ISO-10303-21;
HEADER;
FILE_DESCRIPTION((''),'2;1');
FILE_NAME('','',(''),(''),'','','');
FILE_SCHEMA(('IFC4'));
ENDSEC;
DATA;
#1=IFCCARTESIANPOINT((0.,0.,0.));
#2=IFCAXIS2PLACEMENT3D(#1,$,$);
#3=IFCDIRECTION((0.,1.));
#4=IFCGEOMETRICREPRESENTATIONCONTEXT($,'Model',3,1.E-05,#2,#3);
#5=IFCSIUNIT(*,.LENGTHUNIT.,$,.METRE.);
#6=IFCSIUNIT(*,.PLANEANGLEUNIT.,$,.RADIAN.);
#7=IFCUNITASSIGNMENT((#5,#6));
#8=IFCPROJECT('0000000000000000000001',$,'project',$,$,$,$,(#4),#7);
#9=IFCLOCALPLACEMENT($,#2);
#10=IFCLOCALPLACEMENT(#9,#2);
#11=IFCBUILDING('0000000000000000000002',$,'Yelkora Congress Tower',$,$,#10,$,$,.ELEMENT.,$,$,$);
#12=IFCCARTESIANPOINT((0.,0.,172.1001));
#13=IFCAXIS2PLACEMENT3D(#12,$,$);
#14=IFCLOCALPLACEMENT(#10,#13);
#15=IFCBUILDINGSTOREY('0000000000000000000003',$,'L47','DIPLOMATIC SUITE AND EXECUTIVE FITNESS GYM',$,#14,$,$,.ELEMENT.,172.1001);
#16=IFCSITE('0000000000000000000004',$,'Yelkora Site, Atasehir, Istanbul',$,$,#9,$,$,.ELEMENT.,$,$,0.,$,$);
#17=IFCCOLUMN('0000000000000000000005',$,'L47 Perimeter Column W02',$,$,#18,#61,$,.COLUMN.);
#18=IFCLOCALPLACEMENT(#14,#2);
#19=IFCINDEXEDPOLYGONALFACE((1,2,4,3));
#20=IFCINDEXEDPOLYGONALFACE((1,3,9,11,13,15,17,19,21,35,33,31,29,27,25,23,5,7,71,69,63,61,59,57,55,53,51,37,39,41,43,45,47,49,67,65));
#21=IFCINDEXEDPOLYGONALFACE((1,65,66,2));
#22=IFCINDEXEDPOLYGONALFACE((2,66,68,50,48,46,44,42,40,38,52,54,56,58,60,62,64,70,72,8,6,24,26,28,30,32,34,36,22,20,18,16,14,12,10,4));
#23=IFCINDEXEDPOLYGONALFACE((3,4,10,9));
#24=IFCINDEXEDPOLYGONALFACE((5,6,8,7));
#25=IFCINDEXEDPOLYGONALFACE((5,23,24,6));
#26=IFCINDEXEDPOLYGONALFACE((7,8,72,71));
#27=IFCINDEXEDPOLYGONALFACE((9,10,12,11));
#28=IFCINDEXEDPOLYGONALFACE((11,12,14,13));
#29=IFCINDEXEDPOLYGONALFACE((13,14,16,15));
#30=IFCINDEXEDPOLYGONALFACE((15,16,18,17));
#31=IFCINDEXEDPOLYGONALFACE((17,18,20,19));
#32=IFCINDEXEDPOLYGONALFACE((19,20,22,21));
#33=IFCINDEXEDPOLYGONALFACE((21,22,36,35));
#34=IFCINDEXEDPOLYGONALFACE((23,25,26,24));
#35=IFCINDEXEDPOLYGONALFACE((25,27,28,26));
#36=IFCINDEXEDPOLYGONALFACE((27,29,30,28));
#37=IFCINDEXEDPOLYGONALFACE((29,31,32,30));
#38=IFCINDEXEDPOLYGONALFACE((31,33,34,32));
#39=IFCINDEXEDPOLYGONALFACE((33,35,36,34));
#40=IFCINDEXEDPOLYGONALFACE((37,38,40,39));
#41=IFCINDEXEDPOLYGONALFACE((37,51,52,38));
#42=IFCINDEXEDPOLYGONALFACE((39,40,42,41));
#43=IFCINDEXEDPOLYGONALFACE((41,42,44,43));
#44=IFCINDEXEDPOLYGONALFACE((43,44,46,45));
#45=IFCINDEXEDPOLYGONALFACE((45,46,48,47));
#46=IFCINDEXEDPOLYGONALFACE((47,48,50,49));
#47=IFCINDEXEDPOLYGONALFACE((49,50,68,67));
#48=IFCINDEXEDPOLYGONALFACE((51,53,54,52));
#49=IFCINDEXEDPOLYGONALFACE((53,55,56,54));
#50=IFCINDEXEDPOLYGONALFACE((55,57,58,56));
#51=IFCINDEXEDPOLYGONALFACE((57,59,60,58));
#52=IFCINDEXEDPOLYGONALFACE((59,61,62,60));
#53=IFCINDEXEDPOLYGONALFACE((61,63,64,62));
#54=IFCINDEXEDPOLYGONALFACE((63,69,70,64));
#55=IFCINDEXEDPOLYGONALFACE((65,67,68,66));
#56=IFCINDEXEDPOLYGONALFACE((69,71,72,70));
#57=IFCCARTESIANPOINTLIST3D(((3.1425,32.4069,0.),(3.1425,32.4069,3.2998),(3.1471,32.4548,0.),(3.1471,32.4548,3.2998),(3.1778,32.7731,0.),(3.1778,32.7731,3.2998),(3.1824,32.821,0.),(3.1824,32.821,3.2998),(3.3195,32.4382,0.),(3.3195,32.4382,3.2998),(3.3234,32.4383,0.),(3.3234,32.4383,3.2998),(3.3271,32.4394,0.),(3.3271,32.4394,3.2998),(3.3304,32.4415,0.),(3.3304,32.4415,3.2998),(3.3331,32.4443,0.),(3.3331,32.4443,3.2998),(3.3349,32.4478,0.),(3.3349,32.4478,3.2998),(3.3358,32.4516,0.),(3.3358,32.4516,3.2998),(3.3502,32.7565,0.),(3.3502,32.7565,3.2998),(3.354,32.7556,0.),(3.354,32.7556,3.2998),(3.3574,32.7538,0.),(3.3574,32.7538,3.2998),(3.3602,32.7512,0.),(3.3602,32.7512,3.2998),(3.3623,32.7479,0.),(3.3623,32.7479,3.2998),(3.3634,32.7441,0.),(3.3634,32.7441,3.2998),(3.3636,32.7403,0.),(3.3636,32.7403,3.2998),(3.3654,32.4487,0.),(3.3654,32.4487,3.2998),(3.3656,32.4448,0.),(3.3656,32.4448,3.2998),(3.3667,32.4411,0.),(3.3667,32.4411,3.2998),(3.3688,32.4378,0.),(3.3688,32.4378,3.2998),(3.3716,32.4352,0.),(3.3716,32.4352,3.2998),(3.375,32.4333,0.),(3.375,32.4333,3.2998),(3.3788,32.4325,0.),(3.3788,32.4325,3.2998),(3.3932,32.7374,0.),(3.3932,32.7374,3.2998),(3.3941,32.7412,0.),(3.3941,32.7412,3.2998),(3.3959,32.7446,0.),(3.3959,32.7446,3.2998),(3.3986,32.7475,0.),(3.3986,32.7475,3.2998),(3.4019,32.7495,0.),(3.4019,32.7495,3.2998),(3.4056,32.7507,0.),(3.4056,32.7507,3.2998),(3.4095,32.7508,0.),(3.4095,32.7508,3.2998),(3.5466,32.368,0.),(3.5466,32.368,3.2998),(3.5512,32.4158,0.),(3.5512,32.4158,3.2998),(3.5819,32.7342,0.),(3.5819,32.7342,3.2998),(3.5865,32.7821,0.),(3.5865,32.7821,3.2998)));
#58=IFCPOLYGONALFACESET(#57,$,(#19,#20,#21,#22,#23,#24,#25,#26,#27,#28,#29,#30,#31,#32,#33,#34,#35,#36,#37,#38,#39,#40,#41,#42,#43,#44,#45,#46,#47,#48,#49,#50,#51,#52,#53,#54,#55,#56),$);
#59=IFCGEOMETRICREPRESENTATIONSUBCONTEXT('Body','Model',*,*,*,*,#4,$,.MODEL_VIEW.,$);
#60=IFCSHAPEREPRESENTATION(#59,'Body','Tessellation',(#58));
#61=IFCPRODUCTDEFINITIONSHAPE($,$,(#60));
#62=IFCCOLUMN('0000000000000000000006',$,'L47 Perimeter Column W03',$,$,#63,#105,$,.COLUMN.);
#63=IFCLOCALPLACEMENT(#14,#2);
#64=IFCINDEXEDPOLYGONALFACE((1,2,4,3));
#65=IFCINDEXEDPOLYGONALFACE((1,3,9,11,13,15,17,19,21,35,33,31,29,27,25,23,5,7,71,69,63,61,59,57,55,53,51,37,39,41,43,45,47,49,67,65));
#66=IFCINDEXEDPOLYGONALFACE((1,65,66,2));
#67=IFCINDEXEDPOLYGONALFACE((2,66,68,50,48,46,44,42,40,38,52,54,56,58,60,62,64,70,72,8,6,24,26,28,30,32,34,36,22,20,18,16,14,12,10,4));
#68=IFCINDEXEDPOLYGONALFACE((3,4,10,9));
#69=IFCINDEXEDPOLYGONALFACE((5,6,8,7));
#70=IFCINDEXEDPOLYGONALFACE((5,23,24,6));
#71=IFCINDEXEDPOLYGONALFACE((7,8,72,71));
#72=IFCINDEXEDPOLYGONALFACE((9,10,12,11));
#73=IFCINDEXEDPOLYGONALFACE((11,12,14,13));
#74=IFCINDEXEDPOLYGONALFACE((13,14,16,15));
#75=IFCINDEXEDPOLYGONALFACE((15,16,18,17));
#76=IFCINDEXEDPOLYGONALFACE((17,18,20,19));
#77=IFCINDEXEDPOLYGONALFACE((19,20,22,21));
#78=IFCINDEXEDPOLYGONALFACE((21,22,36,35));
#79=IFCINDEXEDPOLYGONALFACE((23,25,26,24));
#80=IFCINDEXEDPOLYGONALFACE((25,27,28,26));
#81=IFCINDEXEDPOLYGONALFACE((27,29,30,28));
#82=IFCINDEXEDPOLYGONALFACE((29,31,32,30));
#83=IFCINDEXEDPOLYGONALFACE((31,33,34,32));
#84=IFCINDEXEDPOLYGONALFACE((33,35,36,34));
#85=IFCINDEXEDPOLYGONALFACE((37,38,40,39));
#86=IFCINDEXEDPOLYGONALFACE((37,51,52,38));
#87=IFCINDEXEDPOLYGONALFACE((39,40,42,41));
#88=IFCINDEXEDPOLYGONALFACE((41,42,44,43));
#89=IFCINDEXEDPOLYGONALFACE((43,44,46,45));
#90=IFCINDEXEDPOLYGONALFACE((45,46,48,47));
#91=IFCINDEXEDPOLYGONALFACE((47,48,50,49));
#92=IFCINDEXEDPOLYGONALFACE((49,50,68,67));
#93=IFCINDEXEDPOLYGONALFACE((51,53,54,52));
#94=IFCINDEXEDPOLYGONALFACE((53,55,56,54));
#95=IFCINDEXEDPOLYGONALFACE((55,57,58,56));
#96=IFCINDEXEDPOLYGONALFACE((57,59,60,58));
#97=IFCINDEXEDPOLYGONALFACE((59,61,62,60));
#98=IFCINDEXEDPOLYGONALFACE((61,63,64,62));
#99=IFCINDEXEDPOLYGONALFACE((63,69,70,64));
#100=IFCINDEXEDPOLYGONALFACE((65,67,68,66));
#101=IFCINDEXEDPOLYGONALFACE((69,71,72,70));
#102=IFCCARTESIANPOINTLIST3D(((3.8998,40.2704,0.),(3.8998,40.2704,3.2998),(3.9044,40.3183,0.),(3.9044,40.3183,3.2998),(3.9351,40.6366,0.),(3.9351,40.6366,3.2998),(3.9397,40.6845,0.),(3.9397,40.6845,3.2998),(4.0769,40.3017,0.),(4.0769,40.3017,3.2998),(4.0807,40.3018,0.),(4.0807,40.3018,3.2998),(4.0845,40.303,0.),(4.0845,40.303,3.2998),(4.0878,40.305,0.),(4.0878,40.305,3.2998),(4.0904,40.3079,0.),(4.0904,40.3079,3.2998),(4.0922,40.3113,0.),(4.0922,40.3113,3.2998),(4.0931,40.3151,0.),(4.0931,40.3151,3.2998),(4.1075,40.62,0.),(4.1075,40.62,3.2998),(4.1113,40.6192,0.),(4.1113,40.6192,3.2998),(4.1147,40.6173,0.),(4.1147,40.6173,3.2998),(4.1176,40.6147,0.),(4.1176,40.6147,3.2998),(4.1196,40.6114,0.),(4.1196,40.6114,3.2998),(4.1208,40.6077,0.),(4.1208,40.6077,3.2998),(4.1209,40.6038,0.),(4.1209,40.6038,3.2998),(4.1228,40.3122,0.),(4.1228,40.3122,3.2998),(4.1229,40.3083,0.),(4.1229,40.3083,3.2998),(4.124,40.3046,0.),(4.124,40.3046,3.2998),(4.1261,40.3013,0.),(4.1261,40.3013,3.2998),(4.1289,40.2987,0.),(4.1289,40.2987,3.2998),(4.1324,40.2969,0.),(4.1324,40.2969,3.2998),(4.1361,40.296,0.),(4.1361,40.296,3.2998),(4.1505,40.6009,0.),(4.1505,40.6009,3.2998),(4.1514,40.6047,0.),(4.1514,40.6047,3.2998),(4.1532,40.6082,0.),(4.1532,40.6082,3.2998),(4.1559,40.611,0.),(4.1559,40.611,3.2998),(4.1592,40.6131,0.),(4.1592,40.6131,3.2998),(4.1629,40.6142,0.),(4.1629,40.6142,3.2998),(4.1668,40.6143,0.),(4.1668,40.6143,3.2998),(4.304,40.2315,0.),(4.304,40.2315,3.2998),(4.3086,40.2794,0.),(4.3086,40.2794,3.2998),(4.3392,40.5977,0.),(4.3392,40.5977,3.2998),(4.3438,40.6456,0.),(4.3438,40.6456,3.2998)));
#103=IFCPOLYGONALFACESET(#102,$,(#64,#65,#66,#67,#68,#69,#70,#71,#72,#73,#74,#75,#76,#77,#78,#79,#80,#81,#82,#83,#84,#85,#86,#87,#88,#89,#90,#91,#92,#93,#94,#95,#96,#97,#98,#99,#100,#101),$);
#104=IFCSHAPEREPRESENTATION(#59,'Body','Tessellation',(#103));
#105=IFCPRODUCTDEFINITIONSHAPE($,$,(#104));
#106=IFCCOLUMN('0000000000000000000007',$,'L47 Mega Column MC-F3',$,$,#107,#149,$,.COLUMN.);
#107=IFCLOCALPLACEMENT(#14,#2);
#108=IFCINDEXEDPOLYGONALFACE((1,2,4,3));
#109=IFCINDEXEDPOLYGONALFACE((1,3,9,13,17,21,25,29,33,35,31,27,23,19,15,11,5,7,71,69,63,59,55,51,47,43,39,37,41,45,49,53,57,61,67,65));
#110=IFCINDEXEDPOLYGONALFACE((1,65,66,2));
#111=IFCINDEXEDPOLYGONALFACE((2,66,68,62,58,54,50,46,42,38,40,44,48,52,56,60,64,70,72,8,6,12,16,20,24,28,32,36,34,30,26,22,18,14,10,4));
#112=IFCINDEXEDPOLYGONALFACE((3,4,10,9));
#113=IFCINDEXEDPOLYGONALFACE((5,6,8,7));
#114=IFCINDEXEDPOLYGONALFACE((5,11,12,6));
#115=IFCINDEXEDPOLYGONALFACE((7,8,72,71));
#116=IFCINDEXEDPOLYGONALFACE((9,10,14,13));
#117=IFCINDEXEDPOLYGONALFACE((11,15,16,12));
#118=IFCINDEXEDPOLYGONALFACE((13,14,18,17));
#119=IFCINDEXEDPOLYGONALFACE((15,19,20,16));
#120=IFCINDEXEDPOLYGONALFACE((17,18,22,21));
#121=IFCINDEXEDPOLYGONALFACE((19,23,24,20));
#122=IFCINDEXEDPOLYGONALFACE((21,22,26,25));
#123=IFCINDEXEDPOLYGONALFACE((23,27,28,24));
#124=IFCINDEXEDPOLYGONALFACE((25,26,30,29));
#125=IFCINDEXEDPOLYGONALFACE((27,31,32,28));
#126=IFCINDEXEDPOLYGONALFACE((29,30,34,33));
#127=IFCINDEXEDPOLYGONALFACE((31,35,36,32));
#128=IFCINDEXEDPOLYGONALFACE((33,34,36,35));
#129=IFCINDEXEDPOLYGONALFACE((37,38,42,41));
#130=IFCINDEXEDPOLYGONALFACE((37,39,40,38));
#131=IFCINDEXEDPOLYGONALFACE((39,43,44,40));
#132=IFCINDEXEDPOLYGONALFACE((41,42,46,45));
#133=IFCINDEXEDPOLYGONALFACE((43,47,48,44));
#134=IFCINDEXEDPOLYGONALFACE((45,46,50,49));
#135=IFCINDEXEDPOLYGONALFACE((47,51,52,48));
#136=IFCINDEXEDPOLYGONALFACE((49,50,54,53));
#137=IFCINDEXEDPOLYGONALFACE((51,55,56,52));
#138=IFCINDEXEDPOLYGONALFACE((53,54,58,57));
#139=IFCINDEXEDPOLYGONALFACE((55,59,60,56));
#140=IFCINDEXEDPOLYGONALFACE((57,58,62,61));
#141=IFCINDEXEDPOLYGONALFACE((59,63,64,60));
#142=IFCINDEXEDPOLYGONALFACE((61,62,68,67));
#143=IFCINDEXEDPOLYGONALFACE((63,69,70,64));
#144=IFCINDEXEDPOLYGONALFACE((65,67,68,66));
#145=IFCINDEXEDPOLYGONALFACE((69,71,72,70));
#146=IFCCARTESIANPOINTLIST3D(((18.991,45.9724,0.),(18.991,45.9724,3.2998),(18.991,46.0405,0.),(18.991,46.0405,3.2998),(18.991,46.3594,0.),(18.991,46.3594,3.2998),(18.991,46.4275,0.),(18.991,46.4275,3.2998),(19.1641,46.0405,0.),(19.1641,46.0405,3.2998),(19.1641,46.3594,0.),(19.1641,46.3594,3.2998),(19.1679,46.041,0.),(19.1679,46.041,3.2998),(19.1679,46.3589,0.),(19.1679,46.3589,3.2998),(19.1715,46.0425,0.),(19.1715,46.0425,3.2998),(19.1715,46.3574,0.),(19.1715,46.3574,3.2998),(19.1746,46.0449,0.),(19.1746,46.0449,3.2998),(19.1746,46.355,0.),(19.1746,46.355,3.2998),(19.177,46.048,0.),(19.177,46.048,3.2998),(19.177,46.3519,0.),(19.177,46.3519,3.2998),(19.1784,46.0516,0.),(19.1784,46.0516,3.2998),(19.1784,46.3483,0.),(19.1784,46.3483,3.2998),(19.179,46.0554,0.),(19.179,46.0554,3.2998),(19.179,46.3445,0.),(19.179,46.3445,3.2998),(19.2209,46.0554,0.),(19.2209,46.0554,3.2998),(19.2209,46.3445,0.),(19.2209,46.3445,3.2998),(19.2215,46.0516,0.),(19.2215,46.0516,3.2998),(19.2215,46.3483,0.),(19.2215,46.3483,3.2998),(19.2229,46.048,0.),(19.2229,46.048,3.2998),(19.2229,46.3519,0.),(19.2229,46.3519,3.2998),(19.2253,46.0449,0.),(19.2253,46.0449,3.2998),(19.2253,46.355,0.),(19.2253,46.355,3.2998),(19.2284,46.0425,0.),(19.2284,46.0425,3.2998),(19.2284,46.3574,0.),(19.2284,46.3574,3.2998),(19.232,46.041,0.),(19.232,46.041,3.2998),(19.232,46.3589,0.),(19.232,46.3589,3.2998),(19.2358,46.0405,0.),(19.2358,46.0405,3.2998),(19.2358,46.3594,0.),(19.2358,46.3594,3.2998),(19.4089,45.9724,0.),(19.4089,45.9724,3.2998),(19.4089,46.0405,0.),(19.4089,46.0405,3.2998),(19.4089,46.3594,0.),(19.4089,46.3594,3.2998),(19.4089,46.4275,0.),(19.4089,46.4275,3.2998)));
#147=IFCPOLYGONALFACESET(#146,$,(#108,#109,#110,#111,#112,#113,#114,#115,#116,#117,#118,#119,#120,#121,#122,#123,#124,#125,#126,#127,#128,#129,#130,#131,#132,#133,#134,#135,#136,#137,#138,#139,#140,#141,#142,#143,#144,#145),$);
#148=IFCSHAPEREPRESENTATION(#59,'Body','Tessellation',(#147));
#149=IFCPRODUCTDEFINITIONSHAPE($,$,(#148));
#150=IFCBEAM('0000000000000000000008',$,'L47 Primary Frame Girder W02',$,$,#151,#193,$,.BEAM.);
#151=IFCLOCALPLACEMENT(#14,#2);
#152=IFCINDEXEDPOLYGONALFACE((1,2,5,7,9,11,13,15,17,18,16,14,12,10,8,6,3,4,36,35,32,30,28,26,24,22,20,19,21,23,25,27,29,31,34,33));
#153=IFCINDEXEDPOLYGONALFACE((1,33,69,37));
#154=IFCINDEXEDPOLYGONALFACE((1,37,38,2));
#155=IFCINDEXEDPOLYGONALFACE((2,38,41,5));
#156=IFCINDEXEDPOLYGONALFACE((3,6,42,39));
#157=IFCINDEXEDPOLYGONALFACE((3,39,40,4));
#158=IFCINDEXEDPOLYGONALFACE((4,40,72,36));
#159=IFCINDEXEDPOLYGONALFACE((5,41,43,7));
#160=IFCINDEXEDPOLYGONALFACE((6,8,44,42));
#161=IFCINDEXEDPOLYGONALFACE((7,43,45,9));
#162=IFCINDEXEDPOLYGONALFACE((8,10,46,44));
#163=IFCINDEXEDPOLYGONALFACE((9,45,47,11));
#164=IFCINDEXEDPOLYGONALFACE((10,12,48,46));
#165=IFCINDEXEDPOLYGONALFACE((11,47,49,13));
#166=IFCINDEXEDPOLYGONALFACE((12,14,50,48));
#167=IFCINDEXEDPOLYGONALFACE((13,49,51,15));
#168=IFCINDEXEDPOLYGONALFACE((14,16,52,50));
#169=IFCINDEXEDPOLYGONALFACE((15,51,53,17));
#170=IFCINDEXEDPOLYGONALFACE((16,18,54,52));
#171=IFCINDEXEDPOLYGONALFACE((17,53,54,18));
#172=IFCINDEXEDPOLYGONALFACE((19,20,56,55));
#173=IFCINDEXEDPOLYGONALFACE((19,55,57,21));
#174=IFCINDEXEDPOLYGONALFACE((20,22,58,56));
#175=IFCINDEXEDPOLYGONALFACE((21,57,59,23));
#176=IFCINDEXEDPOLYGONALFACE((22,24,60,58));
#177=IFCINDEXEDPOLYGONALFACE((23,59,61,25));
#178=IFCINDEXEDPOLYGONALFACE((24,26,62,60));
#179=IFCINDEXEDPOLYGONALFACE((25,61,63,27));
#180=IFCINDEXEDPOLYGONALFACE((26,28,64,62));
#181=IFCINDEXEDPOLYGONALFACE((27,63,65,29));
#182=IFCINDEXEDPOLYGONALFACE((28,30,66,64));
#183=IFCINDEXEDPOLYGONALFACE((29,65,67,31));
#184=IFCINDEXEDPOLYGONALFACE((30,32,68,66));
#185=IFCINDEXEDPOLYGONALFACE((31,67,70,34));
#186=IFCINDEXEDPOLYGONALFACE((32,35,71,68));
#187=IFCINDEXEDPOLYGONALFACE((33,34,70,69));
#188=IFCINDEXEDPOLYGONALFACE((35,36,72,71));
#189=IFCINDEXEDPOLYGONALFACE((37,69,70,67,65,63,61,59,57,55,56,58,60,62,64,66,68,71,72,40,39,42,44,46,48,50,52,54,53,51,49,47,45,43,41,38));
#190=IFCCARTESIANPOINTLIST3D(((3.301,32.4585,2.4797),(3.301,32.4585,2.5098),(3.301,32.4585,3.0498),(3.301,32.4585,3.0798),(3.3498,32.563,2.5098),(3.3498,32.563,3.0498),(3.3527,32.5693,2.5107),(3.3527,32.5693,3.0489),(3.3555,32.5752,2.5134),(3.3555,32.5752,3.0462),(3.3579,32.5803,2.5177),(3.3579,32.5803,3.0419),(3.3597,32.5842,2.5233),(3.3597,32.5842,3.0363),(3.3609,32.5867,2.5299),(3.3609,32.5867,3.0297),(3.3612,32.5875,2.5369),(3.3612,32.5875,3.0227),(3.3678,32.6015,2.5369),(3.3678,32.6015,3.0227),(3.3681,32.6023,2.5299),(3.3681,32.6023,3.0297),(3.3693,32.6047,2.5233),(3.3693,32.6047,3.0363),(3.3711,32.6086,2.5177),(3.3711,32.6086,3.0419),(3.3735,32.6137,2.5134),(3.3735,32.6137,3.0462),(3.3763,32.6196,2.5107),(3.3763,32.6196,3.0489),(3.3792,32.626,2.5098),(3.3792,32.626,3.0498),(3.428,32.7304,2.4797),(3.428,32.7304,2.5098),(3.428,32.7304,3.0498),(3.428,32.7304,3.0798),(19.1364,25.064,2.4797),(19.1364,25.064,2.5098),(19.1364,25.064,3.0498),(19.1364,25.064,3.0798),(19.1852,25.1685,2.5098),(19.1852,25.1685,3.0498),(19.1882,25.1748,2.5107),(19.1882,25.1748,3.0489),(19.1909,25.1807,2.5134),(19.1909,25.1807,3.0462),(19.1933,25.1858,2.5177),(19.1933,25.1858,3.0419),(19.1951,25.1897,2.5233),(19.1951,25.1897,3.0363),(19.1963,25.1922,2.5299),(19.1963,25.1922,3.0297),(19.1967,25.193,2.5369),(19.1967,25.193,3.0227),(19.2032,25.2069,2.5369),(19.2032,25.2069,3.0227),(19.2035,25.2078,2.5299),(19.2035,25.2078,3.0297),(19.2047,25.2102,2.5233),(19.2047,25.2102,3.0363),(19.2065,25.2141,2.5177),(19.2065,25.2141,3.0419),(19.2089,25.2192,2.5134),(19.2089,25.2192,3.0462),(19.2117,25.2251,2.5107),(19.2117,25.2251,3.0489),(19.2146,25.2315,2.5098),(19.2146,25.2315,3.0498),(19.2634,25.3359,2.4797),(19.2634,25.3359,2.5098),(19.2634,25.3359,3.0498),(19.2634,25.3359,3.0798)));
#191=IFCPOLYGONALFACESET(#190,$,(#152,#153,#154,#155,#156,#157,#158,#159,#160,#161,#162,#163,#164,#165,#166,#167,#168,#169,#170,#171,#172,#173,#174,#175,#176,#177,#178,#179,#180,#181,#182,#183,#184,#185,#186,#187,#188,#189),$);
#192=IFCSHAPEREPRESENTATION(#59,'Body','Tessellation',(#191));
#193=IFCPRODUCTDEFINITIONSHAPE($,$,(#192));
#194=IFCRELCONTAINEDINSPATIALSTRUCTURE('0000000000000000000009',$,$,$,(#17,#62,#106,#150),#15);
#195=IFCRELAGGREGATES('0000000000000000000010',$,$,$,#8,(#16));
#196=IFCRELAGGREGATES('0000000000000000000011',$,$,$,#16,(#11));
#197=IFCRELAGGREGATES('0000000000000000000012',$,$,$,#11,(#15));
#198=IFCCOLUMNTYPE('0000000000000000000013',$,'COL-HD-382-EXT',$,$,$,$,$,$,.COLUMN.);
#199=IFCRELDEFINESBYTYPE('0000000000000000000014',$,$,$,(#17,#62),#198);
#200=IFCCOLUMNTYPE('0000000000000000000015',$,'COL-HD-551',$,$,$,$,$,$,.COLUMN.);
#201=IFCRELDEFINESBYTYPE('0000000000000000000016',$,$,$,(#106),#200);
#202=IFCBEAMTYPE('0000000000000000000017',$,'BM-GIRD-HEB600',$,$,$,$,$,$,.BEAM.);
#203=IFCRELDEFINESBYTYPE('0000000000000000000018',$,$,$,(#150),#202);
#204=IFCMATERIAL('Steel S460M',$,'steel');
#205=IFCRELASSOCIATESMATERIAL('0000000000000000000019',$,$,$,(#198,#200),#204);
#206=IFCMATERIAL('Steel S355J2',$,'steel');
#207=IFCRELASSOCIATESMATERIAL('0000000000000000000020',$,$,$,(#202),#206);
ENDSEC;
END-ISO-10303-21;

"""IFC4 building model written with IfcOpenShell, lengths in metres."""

from ifc_helpers import new_model, si_unit, direction, frame, origin, origin_2d, place, context, subcontext, project, spatial, i_section, extrude, material, material_profile, profile_set, type_object, element, save


model = new_model("IFC4")

# Units and contexts
model_context = context("Model", 3, precision=1e-05, world=origin(), true_north=direction((0.0, 1.0)))
body_context = subcontext(model_context, "Body", "Model", "MODEL_VIEW")
ifc_project = project(units=[si_unit("LENGTHUNIT", "METRE"), si_unit("PLANEANGLEUNIT", "RADIAN")], contexts=[model_context])

# Site, building, storey
site_placement = place(None, origin())
site = spatial("IfcSite", under=ifc_project, at=site_placement, Name="Yelkora Site, Atasehir, Istanbul", CompositionType="ELEMENT", RefElevation=0.0)
building_placement = place(site_placement, origin())
building = spatial("IfcBuilding", under=site, at=building_placement, Name="Yelkora Congress Tower", CompositionType="ELEMENT")
storey_placement = place(building_placement, frame((0.0, 0.0, 172.1001)))
storey = spatial("IfcBuildingStorey", under=building, at=storey_placement, Name="L47", Description="DIPLOMATIC SUITE AND EXECUTIVE FITNESS GYM", CompositionType="ELEMENT", Elevation=172.1001)

# Columns
ifc_material_1 = material(Name="Steel S460M", Category="steel")
ifc_material_profile_1 = material_profile(ifc_material_1, i_section(OverallWidth=0.406, OverallDepth=0.416, WebThickness=0.0298, FlangeThickness=0.0481, FilletRadius=0.0149, at=origin_2d()), Name="HD 400x382")
ifc_profile_set_1 = profile_set([ifc_material_profile_1], Name="Steel S460M")
column_type_1 = type_object("IfcColumnType", Name="COL-HD-382-EXT", PredefinedType="COLUMN", material=ifc_profile_set_1)
for number, where, z_axis, x_axis, name in (
    (1, (3.3645, 32.5945, 0.0), (0.0, 0.0, 1.0), (0.995396, -0.095846, 0.0), "L47 Perimeter Column W02"),
    (2, (4.1218, 40.458, 0.0), (0.0, 0.0, 1.0), (0.995396, -0.095846, 0.0), "L47 Perimeter Column W03"),
):
    element("IfcColumn", number, at=place(storey_placement, frame(where, z_axis=z_axis, x_axis=x_axis)), inside=storey, type_object=column_type_1, Name=name, PredefinedType="COLUMN", context=body_context, shape_type="SweptSolid", body=[
        extrude(i_section(OverallWidth=0.406, OverallDepth=0.416, WebThickness=0.0298, FlangeThickness=0.0481, FilletRadius=0.0149, at=origin_2d()), origin(), (0.0, 0.0, 1.0), 3.2998),
    ])
ifc_material_profile_2 = material_profile(ifc_material_1, i_section(OverallWidth=0.418, OverallDepth=0.4551, WebThickness=0.042, FlangeThickness=0.0681, FilletRadius=0.0149, at=origin_2d()), Name="HD 400x551")
ifc_profile_set_2 = profile_set([ifc_material_profile_2], Name="Steel S460M")
column_type_2 = type_object("IfcColumnType", Name="COL-HD-551", PredefinedType="COLUMN", material=ifc_profile_set_2)
column_placement = place(storey_placement, frame((19.2, 46.2, 0.0), z_axis=(0.0, 0.0, 1.0), x_axis=(1.0, 0.0, 0.0)))
element("IfcColumn", 3, at=column_placement, inside=storey, type_object=column_type_2, Name="L47 Mega Column MC-F3", PredefinedType="COLUMN", context=body_context, shape_type="SweptSolid", body=[
    extrude(i_section(OverallWidth=0.418, OverallDepth=0.4551, WebThickness=0.042, FlangeThickness=0.0681, FilletRadius=0.0149, at=origin_2d()), origin(), (0.0, 0.0, 1.0), 3.2998),
])

# Beam
ifc_material_2 = material(Name="Steel S355J2", Category="steel")
ifc_material_profile_3 = material_profile(ifc_material_2, i_section(OverallWidth=0.3, OverallDepth=0.6001, WebThickness=0.0154, FlangeThickness=0.03, FilletRadius=0.0271, at=origin_2d()), Name="HEB 600")
ifc_profile_set_3 = profile_set([ifc_material_profile_3], Name="Steel S355J2")
beam_type_1 = type_object("IfcBeamType", Name="BM-GIRD-HEB600", PredefinedType="BEAM", material=ifc_profile_set_3)
beam_1_placement = place(storey_placement, frame((3.3645, 32.5945, 2.7798), z_axis=(0.906081, -0.423104, 0.0), x_axis=(0.423104, 0.906081, 0.0)))
element("IfcBeam", 4, at=beam_1_placement, inside=storey, type_object=beam_type_1, Name="L47 Primary Frame Girder W02", PredefinedType="BEAM", context=body_context, shape_type="SweptSolid", body=[
    extrude(i_section(OverallWidth=0.3, OverallDepth=0.6001, WebThickness=0.0154, FlangeThickness=0.03, FilletRadius=0.0271, at=origin_2d()), origin(), (0.0, 0.0, 1.0), 17.4768),
])

save(model, "model.ifc")
